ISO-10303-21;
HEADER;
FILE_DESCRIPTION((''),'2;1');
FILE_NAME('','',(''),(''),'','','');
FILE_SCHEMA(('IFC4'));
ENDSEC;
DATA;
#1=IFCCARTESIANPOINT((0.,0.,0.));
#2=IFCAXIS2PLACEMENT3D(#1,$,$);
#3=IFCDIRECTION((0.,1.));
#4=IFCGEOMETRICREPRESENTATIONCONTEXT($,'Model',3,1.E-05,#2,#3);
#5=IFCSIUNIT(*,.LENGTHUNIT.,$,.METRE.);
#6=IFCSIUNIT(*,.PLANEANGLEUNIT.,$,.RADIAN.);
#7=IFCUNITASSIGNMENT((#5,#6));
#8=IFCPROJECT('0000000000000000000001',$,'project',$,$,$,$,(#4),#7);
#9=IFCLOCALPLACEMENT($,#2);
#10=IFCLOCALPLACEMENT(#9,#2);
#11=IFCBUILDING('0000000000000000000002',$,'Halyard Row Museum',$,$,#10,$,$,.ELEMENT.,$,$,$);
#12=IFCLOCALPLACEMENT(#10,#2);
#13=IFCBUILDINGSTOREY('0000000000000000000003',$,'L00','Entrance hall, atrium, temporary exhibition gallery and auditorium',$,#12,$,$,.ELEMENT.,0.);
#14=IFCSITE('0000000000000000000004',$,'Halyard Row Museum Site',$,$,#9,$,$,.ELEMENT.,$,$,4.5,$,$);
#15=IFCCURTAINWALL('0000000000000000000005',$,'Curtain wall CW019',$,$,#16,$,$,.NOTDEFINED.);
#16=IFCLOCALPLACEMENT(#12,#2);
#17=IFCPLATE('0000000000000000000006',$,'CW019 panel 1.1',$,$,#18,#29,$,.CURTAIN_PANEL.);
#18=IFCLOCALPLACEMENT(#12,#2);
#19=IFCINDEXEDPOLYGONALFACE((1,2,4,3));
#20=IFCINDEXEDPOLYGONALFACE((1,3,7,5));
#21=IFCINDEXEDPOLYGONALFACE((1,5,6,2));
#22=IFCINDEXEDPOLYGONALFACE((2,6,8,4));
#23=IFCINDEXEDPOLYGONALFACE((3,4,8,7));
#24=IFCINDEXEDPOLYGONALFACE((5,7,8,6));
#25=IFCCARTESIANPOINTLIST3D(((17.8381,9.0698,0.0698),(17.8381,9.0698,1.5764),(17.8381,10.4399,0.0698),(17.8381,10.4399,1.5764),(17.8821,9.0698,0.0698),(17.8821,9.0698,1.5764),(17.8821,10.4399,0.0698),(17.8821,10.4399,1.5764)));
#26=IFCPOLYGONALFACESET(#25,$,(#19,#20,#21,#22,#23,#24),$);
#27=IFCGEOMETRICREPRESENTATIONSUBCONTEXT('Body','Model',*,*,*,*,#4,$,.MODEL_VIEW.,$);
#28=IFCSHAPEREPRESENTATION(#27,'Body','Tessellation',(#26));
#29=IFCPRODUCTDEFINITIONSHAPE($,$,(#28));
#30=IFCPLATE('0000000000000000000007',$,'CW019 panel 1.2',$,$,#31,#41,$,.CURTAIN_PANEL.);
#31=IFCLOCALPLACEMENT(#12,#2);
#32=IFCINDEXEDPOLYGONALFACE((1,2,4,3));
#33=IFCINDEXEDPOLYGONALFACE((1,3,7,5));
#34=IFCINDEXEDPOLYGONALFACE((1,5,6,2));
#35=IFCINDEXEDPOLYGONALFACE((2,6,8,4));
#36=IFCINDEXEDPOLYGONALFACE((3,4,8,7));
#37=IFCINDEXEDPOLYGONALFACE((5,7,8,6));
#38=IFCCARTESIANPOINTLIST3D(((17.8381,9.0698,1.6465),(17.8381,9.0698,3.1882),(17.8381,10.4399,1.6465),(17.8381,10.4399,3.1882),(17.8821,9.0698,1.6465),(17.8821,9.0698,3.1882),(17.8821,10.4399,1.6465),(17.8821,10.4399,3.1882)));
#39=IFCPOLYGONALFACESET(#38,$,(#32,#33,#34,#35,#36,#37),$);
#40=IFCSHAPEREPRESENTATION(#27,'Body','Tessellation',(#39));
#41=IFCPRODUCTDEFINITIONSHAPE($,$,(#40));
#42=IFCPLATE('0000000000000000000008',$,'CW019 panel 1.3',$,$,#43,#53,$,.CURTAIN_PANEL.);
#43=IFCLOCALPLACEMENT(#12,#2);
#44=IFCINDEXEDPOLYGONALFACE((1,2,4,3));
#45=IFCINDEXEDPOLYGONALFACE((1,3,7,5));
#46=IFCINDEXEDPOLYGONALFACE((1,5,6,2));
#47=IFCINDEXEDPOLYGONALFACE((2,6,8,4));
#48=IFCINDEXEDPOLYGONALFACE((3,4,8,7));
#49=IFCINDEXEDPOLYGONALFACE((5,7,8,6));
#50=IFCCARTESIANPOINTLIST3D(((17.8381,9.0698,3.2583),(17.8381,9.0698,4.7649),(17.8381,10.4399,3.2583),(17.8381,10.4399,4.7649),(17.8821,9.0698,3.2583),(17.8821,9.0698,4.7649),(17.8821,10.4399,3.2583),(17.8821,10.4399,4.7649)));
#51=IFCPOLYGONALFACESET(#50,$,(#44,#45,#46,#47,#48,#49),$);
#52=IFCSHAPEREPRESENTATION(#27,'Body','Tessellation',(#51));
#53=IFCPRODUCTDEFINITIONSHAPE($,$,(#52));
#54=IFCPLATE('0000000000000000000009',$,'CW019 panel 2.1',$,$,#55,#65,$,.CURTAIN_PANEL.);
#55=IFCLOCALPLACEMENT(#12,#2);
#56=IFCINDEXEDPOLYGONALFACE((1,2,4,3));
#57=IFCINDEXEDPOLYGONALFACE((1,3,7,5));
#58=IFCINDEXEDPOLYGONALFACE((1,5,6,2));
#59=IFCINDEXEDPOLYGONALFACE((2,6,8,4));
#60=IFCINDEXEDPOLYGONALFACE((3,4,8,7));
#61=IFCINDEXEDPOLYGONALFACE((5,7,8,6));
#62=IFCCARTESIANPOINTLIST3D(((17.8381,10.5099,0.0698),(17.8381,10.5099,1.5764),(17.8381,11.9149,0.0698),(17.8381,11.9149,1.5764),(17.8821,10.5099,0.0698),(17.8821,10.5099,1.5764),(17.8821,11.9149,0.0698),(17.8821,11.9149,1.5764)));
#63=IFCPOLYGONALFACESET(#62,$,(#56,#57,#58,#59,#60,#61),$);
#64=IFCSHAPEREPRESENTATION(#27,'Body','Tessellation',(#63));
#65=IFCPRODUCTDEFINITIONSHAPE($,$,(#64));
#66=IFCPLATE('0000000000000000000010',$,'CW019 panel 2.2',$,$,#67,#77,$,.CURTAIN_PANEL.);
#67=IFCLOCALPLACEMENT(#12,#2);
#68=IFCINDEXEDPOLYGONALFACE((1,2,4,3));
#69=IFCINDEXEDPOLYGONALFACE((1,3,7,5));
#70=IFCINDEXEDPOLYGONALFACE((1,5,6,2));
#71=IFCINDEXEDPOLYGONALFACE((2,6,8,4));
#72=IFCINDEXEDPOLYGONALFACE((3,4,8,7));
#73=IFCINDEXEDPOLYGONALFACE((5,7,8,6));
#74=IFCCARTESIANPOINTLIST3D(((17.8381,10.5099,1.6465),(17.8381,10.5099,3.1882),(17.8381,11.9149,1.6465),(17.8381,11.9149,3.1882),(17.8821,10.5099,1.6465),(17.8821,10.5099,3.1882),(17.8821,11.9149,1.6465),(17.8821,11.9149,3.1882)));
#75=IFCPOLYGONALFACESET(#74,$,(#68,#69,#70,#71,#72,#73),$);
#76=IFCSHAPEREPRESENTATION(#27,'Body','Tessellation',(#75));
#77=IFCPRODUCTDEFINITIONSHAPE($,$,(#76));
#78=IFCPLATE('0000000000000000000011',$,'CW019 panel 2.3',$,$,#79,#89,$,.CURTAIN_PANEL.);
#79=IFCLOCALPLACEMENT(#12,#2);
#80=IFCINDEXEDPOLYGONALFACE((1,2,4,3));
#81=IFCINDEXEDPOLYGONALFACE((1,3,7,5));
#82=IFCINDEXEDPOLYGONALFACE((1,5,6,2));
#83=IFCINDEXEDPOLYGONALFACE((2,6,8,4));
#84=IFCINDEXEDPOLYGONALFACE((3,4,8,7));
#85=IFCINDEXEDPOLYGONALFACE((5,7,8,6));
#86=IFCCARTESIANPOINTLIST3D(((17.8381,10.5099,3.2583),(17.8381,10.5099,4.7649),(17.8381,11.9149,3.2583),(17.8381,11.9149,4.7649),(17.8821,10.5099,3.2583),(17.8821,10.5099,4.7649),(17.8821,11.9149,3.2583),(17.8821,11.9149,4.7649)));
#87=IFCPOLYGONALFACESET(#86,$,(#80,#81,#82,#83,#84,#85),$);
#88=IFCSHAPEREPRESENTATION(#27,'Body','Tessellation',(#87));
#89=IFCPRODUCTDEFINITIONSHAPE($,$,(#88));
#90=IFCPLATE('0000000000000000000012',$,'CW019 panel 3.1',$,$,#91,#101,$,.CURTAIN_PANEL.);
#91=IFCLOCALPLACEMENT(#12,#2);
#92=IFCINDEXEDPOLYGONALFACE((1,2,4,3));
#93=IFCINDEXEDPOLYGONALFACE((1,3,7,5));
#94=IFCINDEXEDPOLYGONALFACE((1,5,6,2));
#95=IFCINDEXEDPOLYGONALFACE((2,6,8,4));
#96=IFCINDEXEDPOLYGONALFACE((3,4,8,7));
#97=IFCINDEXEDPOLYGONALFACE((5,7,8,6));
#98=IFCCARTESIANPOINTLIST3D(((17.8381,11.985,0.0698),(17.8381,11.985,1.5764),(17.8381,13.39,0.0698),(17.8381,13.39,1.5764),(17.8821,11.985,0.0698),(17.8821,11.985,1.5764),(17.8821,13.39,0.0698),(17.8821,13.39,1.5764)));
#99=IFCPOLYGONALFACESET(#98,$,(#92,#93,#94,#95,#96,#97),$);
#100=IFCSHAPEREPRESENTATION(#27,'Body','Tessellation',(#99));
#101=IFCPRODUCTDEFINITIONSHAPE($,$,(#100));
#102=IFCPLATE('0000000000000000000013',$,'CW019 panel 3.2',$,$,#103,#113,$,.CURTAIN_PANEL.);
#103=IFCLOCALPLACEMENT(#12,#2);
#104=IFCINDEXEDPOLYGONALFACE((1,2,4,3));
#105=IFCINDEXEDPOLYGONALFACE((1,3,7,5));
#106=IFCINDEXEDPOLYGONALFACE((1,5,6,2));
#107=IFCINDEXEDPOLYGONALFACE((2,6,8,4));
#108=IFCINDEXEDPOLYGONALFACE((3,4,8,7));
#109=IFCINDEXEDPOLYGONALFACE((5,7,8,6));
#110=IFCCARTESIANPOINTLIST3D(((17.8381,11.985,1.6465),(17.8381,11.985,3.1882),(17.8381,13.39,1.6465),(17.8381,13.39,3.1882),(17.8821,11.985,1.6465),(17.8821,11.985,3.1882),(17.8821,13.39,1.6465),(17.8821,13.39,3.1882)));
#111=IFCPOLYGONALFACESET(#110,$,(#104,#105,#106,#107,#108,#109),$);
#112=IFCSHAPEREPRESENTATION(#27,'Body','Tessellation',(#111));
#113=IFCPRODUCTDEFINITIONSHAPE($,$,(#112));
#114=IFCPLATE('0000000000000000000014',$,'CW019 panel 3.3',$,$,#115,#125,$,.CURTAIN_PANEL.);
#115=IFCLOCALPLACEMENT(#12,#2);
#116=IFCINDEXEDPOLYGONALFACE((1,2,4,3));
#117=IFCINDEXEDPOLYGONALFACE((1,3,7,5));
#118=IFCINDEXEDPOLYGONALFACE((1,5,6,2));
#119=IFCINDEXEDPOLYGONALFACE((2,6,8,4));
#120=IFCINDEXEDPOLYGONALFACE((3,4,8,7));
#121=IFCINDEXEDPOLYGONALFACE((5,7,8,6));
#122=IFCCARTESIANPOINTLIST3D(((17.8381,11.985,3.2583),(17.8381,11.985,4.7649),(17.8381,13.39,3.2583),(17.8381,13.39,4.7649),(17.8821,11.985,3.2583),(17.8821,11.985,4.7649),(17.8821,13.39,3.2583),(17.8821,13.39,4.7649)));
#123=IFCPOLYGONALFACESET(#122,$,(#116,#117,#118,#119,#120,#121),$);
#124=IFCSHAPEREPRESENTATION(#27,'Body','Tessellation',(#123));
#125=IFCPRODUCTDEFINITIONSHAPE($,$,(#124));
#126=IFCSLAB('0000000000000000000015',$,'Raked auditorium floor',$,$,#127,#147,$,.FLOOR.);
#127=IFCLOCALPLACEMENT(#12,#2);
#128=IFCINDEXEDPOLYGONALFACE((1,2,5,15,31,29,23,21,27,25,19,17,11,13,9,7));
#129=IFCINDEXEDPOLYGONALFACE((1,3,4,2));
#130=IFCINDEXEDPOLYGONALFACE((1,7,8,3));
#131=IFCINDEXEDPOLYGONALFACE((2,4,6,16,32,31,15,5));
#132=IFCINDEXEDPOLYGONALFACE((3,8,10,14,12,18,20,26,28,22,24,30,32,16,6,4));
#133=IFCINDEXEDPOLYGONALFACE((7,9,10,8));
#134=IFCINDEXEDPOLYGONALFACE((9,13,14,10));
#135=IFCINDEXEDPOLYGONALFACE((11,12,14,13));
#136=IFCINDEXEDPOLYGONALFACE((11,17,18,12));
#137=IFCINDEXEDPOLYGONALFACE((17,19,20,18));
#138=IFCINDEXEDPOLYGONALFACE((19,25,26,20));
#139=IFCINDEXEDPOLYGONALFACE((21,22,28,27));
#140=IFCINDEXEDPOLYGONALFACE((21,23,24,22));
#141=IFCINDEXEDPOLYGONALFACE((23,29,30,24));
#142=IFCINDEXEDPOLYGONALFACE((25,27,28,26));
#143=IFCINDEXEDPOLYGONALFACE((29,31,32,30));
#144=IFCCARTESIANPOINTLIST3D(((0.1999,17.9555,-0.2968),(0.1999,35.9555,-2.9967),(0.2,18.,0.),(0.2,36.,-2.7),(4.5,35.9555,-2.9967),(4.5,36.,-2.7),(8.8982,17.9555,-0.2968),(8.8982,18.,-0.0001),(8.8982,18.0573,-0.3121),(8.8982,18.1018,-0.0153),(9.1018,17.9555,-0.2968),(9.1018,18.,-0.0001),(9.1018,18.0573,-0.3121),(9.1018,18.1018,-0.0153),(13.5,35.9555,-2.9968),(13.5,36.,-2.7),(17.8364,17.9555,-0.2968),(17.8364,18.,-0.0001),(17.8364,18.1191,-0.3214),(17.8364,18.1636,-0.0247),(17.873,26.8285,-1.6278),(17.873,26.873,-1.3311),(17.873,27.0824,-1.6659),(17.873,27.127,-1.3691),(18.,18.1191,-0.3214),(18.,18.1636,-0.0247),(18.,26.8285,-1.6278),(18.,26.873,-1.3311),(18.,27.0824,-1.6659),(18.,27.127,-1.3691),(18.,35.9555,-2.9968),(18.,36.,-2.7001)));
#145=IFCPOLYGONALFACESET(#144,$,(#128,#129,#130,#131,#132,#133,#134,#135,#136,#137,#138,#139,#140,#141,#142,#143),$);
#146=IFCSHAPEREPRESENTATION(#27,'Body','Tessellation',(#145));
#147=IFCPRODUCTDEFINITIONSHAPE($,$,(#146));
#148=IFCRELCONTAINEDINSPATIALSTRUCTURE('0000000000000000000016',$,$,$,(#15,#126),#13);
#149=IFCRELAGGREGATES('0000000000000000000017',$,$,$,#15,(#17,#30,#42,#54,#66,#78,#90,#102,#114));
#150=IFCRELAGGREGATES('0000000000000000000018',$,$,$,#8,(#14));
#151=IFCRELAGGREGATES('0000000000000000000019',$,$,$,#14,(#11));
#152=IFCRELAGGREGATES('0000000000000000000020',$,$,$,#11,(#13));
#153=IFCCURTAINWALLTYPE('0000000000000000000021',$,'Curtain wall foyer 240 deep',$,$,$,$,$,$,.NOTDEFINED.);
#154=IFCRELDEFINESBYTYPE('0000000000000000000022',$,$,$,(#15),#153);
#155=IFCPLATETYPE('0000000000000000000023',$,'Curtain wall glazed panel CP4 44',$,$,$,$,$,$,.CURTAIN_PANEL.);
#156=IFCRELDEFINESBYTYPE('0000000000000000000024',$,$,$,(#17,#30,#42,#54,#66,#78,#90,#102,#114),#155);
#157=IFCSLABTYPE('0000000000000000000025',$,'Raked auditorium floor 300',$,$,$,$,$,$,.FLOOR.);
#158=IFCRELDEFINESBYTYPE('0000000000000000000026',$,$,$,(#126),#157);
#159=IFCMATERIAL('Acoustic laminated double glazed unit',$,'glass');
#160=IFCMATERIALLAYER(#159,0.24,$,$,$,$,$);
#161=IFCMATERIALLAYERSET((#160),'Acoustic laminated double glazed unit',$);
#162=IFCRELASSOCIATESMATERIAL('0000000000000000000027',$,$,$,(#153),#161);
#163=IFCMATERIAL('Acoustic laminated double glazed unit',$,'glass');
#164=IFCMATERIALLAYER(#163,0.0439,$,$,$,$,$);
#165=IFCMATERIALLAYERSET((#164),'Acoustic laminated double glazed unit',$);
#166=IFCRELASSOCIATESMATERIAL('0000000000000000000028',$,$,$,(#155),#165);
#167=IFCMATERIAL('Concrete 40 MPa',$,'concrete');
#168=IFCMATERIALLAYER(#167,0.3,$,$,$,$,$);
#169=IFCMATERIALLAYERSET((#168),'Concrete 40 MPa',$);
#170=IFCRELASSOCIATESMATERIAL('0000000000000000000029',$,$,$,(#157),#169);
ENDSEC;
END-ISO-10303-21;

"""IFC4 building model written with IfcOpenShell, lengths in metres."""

from ifc_helpers import new_model, si_unit, direction, frame, origin, origin_2d, place, context, subcontext, project, spatial, polyline, rectangle, outline, extrude, material, layer, layer_set, type_object, element, aggregate, save


model = new_model("IFC4")

# Units and contexts
model_context = context("Model", 3, precision=1e-05, world=origin(), true_north=direction((0.0, 1.0)))
body_context = subcontext(model_context, "Body", "Model", "MODEL_VIEW")
ifc_project = project(units=[si_unit("LENGTHUNIT", "METRE"), si_unit("PLANEANGLEUNIT", "RADIAN")], contexts=[model_context])

# Site, building, storey
site_placement = place(None, origin())
site = spatial("IfcSite", under=ifc_project, at=site_placement, Name="Halyard Row Museum Site", CompositionType="ELEMENT", RefElevation=4.5)
building_placement = place(site_placement, origin())
building = spatial("IfcBuilding", under=site, at=building_placement, Name="Halyard Row Museum", CompositionType="ELEMENT")
storey_placement = place(building_placement, origin())
storey = spatial("IfcBuildingStorey", under=building, at=storey_placement, Name="L00", Description="Entrance hall, atrium, temporary exhibition gallery and auditorium", CompositionType="ELEMENT", Elevation=0.0)

# Curtain wall, plates
ifc_material_1 = material(Name="Acoustic laminated double glazed unit", Category="glass")
ifc_layer_1 = layer(ifc_material_1, 0.24)
ifc_layer_set_1 = layer_set([ifc_layer_1], Name="Acoustic laminated double glazed unit")
curtain_wall_type = type_object("IfcCurtainWallType", Name="Curtain wall foyer 240 deep", PredefinedType="NOTDEFINED", material=ifc_layer_set_1)
curtain_wall_placement = place(storey_placement, origin())
curtain_wall = element("IfcCurtainWall", 1, at=curtain_wall_placement, inside=storey, type_object=curtain_wall_type, Name="Curtain wall CW019", PredefinedType="NOTDEFINED")
ifc_material_2 = material(Name="Acoustic laminated double glazed unit", Category="glass")
ifc_layer_2 = layer(ifc_material_2, 0.0439)
ifc_layer_set_2 = layer_set([ifc_layer_2], Name="Acoustic laminated double glazed unit")
plate_type = type_object("IfcPlateType", Name="Curtain wall glazed panel CP4 44", PredefinedType="CURTAIN_PANEL", material=ifc_layer_set_2)
plate_1_placement = place(storey_placement, frame((17.8601, 9.7549, 0.0698), z_axis=(0.0, 0.0, 1.0), x_axis=(0.0, 1.0, 0.0)))
plate_1 = element("IfcPlate", 2, at=plate_1_placement, type_object=plate_type, Name="CW019 panel 1.1", PredefinedType="CURTAIN_PANEL", context=body_context, shape_type="SweptSolid", body=[
    extrude(rectangle(XDim=1.3701, YDim=0.0439, at=origin_2d()), origin(), (0.0, 0.0, 1.0), 1.5066),
])
plate_2_placement = place(storey_placement, frame((17.8601, 9.7549, 1.6465), z_axis=(0.0, 0.0, 1.0), x_axis=(0.0, 1.0, 0.0)))
plate_2 = element("IfcPlate", 3, at=plate_2_placement, type_object=plate_type, Name="CW019 panel 1.2", PredefinedType="CURTAIN_PANEL", context=body_context, shape_type="SweptSolid", body=[
    extrude(rectangle(XDim=1.3701, YDim=0.0439, at=origin_2d()), origin(), (0.0, 0.0, 1.0), 1.5417),
])
plate_3_placement = place(storey_placement, frame((17.8601, 9.7549, 3.2583), z_axis=(0.0, 0.0, 1.0), x_axis=(0.0, 1.0, 0.0)))
plate_3 = element("IfcPlate", 4, at=plate_3_placement, type_object=plate_type, Name="CW019 panel 1.3", PredefinedType="CURTAIN_PANEL", context=body_context, shape_type="SweptSolid", body=[
    extrude(rectangle(XDim=1.3701, YDim=0.0439, at=origin_2d()), origin(), (0.0, 0.0, 1.0), 1.5066),
])
plate_4_placement = place(storey_placement, frame((17.8601, 11.2124, 0.0698), z_axis=(0.0, 0.0, 1.0), x_axis=(0.0, 1.0, 0.0)))
plate_4 = element("IfcPlate", 5, at=plate_4_placement, type_object=plate_type, Name="CW019 panel 2.1", PredefinedType="CURTAIN_PANEL", context=body_context, shape_type="SweptSolid", body=[
    extrude(rectangle(XDim=1.405, YDim=0.0439, at=origin_2d()), origin(), (0.0, 0.0, 1.0), 1.5066),
])
plate_5_placement = place(storey_placement, frame((17.8601, 11.2124, 1.6465), z_axis=(0.0, 0.0, 1.0), x_axis=(0.0, 1.0, 0.0)))
plate_5 = element("IfcPlate", 6, at=plate_5_placement, type_object=plate_type, Name="CW019 panel 2.2", PredefinedType="CURTAIN_PANEL", context=body_context, shape_type="SweptSolid", body=[
    extrude(rectangle(XDim=1.405, YDim=0.0439, at=origin_2d()), origin(), (0.0, 0.0, 1.0), 1.5417),
])
plate_6_placement = place(storey_placement, frame((17.8601, 11.2124, 3.2583), z_axis=(0.0, 0.0, 1.0), x_axis=(0.0, 1.0, 0.0)))
plate_6 = element("IfcPlate", 7, at=plate_6_placement, type_object=plate_type, Name="CW019 panel 2.3", PredefinedType="CURTAIN_PANEL", context=body_context, shape_type="SweptSolid", body=[
    extrude(rectangle(XDim=1.405, YDim=0.0439, at=origin_2d()), origin(), (0.0, 0.0, 1.0), 1.5066),
])
plate_7_placement = place(storey_placement, frame((17.8601, 12.6875, 0.0698), z_axis=(0.0, 0.0, 1.0), x_axis=(0.0, 1.0, 0.0)))
plate_7 = element("IfcPlate", 8, at=plate_7_placement, type_object=plate_type, Name="CW019 panel 3.1", PredefinedType="CURTAIN_PANEL", context=body_context, shape_type="SweptSolid", body=[
    extrude(rectangle(XDim=1.405, YDim=0.0439, at=origin_2d()), origin(), (0.0, 0.0, 1.0), 1.5066),
])
plate_8_placement = place(storey_placement, frame((17.8601, 12.6875, 1.6465), z_axis=(0.0, 0.0, 1.0), x_axis=(0.0, 1.0, 0.0)))
plate_8 = element("IfcPlate", 9, at=plate_8_placement, type_object=plate_type, Name="CW019 panel 3.2", PredefinedType="CURTAIN_PANEL", context=body_context, shape_type="SweptSolid", body=[
    extrude(rectangle(XDim=1.405, YDim=0.0439, at=origin_2d()), origin(), (0.0, 0.0, 1.0), 1.5417),
])
plate_9_placement = place(storey_placement, frame((17.8601, 12.6875, 3.2583), z_axis=(0.0, 0.0, 1.0), x_axis=(0.0, 1.0, 0.0)))
plate_9 = element("IfcPlate", 10, at=plate_9_placement, type_object=plate_type, Name="CW019 panel 3.3", PredefinedType="CURTAIN_PANEL", context=body_context, shape_type="SweptSolid", body=[
    extrude(rectangle(XDim=1.405, YDim=0.0439, at=origin_2d()), origin(), (0.0, 0.0, 1.0), 1.5066),
])
aggregate(curtain_wall, [plate_1, plate_2, plate_3, plate_4, plate_5, plate_6, plate_7, plate_8, plate_9])

# Slab
ifc_material_3 = material(Name="Concrete 40 MPa", Category="concrete")
ifc_layer_3 = layer(ifc_material_3, 0.3)
ifc_layer_set_3 = layer_set([ifc_layer_3], Name="Concrete 40 MPa")
slab_type = type_object("IfcSlabType", Name="Raked auditorium floor 300", PredefinedType="FLOOR", material=ifc_layer_set_3)
slab_placement = place(storey_placement, frame((17.8364, 18.1636, -0.0247), z_axis=(0.000005, 0.148338, 0.988937), x_axis=(1.0, -0.000001, -0.000005)))
element("IfcSlab", 11, at=slab_placement, inside=storey, type_object=slab_type, Name="Raked auditorium floor", PredefinedType="FLOOR", context=body_context, shape_type="SweptSolid", body=[
    extrude(outline(polyline([(0.0, 0.0), (0.1636, 0.0), (0.1636, 8.8069), (0.0366, 8.8069), (0.0366, 9.0637), (0.1636, 9.0637), (0.1636, 18.0359), (-4.3364, 18.0359), (-13.3364, 18.0359), (-17.6365, 18.0359), (-17.6365, -0.1654), (-8.9382, -0.1654), (-8.9382, -0.0625), (-8.7346, -0.0625), (-8.7346, -0.1654), (0.0, -0.1654), (0.0, 0.0)])), origin(), (0.0, 0.0, -1.0), 0.3),
])

save(model, "model.ifc")
